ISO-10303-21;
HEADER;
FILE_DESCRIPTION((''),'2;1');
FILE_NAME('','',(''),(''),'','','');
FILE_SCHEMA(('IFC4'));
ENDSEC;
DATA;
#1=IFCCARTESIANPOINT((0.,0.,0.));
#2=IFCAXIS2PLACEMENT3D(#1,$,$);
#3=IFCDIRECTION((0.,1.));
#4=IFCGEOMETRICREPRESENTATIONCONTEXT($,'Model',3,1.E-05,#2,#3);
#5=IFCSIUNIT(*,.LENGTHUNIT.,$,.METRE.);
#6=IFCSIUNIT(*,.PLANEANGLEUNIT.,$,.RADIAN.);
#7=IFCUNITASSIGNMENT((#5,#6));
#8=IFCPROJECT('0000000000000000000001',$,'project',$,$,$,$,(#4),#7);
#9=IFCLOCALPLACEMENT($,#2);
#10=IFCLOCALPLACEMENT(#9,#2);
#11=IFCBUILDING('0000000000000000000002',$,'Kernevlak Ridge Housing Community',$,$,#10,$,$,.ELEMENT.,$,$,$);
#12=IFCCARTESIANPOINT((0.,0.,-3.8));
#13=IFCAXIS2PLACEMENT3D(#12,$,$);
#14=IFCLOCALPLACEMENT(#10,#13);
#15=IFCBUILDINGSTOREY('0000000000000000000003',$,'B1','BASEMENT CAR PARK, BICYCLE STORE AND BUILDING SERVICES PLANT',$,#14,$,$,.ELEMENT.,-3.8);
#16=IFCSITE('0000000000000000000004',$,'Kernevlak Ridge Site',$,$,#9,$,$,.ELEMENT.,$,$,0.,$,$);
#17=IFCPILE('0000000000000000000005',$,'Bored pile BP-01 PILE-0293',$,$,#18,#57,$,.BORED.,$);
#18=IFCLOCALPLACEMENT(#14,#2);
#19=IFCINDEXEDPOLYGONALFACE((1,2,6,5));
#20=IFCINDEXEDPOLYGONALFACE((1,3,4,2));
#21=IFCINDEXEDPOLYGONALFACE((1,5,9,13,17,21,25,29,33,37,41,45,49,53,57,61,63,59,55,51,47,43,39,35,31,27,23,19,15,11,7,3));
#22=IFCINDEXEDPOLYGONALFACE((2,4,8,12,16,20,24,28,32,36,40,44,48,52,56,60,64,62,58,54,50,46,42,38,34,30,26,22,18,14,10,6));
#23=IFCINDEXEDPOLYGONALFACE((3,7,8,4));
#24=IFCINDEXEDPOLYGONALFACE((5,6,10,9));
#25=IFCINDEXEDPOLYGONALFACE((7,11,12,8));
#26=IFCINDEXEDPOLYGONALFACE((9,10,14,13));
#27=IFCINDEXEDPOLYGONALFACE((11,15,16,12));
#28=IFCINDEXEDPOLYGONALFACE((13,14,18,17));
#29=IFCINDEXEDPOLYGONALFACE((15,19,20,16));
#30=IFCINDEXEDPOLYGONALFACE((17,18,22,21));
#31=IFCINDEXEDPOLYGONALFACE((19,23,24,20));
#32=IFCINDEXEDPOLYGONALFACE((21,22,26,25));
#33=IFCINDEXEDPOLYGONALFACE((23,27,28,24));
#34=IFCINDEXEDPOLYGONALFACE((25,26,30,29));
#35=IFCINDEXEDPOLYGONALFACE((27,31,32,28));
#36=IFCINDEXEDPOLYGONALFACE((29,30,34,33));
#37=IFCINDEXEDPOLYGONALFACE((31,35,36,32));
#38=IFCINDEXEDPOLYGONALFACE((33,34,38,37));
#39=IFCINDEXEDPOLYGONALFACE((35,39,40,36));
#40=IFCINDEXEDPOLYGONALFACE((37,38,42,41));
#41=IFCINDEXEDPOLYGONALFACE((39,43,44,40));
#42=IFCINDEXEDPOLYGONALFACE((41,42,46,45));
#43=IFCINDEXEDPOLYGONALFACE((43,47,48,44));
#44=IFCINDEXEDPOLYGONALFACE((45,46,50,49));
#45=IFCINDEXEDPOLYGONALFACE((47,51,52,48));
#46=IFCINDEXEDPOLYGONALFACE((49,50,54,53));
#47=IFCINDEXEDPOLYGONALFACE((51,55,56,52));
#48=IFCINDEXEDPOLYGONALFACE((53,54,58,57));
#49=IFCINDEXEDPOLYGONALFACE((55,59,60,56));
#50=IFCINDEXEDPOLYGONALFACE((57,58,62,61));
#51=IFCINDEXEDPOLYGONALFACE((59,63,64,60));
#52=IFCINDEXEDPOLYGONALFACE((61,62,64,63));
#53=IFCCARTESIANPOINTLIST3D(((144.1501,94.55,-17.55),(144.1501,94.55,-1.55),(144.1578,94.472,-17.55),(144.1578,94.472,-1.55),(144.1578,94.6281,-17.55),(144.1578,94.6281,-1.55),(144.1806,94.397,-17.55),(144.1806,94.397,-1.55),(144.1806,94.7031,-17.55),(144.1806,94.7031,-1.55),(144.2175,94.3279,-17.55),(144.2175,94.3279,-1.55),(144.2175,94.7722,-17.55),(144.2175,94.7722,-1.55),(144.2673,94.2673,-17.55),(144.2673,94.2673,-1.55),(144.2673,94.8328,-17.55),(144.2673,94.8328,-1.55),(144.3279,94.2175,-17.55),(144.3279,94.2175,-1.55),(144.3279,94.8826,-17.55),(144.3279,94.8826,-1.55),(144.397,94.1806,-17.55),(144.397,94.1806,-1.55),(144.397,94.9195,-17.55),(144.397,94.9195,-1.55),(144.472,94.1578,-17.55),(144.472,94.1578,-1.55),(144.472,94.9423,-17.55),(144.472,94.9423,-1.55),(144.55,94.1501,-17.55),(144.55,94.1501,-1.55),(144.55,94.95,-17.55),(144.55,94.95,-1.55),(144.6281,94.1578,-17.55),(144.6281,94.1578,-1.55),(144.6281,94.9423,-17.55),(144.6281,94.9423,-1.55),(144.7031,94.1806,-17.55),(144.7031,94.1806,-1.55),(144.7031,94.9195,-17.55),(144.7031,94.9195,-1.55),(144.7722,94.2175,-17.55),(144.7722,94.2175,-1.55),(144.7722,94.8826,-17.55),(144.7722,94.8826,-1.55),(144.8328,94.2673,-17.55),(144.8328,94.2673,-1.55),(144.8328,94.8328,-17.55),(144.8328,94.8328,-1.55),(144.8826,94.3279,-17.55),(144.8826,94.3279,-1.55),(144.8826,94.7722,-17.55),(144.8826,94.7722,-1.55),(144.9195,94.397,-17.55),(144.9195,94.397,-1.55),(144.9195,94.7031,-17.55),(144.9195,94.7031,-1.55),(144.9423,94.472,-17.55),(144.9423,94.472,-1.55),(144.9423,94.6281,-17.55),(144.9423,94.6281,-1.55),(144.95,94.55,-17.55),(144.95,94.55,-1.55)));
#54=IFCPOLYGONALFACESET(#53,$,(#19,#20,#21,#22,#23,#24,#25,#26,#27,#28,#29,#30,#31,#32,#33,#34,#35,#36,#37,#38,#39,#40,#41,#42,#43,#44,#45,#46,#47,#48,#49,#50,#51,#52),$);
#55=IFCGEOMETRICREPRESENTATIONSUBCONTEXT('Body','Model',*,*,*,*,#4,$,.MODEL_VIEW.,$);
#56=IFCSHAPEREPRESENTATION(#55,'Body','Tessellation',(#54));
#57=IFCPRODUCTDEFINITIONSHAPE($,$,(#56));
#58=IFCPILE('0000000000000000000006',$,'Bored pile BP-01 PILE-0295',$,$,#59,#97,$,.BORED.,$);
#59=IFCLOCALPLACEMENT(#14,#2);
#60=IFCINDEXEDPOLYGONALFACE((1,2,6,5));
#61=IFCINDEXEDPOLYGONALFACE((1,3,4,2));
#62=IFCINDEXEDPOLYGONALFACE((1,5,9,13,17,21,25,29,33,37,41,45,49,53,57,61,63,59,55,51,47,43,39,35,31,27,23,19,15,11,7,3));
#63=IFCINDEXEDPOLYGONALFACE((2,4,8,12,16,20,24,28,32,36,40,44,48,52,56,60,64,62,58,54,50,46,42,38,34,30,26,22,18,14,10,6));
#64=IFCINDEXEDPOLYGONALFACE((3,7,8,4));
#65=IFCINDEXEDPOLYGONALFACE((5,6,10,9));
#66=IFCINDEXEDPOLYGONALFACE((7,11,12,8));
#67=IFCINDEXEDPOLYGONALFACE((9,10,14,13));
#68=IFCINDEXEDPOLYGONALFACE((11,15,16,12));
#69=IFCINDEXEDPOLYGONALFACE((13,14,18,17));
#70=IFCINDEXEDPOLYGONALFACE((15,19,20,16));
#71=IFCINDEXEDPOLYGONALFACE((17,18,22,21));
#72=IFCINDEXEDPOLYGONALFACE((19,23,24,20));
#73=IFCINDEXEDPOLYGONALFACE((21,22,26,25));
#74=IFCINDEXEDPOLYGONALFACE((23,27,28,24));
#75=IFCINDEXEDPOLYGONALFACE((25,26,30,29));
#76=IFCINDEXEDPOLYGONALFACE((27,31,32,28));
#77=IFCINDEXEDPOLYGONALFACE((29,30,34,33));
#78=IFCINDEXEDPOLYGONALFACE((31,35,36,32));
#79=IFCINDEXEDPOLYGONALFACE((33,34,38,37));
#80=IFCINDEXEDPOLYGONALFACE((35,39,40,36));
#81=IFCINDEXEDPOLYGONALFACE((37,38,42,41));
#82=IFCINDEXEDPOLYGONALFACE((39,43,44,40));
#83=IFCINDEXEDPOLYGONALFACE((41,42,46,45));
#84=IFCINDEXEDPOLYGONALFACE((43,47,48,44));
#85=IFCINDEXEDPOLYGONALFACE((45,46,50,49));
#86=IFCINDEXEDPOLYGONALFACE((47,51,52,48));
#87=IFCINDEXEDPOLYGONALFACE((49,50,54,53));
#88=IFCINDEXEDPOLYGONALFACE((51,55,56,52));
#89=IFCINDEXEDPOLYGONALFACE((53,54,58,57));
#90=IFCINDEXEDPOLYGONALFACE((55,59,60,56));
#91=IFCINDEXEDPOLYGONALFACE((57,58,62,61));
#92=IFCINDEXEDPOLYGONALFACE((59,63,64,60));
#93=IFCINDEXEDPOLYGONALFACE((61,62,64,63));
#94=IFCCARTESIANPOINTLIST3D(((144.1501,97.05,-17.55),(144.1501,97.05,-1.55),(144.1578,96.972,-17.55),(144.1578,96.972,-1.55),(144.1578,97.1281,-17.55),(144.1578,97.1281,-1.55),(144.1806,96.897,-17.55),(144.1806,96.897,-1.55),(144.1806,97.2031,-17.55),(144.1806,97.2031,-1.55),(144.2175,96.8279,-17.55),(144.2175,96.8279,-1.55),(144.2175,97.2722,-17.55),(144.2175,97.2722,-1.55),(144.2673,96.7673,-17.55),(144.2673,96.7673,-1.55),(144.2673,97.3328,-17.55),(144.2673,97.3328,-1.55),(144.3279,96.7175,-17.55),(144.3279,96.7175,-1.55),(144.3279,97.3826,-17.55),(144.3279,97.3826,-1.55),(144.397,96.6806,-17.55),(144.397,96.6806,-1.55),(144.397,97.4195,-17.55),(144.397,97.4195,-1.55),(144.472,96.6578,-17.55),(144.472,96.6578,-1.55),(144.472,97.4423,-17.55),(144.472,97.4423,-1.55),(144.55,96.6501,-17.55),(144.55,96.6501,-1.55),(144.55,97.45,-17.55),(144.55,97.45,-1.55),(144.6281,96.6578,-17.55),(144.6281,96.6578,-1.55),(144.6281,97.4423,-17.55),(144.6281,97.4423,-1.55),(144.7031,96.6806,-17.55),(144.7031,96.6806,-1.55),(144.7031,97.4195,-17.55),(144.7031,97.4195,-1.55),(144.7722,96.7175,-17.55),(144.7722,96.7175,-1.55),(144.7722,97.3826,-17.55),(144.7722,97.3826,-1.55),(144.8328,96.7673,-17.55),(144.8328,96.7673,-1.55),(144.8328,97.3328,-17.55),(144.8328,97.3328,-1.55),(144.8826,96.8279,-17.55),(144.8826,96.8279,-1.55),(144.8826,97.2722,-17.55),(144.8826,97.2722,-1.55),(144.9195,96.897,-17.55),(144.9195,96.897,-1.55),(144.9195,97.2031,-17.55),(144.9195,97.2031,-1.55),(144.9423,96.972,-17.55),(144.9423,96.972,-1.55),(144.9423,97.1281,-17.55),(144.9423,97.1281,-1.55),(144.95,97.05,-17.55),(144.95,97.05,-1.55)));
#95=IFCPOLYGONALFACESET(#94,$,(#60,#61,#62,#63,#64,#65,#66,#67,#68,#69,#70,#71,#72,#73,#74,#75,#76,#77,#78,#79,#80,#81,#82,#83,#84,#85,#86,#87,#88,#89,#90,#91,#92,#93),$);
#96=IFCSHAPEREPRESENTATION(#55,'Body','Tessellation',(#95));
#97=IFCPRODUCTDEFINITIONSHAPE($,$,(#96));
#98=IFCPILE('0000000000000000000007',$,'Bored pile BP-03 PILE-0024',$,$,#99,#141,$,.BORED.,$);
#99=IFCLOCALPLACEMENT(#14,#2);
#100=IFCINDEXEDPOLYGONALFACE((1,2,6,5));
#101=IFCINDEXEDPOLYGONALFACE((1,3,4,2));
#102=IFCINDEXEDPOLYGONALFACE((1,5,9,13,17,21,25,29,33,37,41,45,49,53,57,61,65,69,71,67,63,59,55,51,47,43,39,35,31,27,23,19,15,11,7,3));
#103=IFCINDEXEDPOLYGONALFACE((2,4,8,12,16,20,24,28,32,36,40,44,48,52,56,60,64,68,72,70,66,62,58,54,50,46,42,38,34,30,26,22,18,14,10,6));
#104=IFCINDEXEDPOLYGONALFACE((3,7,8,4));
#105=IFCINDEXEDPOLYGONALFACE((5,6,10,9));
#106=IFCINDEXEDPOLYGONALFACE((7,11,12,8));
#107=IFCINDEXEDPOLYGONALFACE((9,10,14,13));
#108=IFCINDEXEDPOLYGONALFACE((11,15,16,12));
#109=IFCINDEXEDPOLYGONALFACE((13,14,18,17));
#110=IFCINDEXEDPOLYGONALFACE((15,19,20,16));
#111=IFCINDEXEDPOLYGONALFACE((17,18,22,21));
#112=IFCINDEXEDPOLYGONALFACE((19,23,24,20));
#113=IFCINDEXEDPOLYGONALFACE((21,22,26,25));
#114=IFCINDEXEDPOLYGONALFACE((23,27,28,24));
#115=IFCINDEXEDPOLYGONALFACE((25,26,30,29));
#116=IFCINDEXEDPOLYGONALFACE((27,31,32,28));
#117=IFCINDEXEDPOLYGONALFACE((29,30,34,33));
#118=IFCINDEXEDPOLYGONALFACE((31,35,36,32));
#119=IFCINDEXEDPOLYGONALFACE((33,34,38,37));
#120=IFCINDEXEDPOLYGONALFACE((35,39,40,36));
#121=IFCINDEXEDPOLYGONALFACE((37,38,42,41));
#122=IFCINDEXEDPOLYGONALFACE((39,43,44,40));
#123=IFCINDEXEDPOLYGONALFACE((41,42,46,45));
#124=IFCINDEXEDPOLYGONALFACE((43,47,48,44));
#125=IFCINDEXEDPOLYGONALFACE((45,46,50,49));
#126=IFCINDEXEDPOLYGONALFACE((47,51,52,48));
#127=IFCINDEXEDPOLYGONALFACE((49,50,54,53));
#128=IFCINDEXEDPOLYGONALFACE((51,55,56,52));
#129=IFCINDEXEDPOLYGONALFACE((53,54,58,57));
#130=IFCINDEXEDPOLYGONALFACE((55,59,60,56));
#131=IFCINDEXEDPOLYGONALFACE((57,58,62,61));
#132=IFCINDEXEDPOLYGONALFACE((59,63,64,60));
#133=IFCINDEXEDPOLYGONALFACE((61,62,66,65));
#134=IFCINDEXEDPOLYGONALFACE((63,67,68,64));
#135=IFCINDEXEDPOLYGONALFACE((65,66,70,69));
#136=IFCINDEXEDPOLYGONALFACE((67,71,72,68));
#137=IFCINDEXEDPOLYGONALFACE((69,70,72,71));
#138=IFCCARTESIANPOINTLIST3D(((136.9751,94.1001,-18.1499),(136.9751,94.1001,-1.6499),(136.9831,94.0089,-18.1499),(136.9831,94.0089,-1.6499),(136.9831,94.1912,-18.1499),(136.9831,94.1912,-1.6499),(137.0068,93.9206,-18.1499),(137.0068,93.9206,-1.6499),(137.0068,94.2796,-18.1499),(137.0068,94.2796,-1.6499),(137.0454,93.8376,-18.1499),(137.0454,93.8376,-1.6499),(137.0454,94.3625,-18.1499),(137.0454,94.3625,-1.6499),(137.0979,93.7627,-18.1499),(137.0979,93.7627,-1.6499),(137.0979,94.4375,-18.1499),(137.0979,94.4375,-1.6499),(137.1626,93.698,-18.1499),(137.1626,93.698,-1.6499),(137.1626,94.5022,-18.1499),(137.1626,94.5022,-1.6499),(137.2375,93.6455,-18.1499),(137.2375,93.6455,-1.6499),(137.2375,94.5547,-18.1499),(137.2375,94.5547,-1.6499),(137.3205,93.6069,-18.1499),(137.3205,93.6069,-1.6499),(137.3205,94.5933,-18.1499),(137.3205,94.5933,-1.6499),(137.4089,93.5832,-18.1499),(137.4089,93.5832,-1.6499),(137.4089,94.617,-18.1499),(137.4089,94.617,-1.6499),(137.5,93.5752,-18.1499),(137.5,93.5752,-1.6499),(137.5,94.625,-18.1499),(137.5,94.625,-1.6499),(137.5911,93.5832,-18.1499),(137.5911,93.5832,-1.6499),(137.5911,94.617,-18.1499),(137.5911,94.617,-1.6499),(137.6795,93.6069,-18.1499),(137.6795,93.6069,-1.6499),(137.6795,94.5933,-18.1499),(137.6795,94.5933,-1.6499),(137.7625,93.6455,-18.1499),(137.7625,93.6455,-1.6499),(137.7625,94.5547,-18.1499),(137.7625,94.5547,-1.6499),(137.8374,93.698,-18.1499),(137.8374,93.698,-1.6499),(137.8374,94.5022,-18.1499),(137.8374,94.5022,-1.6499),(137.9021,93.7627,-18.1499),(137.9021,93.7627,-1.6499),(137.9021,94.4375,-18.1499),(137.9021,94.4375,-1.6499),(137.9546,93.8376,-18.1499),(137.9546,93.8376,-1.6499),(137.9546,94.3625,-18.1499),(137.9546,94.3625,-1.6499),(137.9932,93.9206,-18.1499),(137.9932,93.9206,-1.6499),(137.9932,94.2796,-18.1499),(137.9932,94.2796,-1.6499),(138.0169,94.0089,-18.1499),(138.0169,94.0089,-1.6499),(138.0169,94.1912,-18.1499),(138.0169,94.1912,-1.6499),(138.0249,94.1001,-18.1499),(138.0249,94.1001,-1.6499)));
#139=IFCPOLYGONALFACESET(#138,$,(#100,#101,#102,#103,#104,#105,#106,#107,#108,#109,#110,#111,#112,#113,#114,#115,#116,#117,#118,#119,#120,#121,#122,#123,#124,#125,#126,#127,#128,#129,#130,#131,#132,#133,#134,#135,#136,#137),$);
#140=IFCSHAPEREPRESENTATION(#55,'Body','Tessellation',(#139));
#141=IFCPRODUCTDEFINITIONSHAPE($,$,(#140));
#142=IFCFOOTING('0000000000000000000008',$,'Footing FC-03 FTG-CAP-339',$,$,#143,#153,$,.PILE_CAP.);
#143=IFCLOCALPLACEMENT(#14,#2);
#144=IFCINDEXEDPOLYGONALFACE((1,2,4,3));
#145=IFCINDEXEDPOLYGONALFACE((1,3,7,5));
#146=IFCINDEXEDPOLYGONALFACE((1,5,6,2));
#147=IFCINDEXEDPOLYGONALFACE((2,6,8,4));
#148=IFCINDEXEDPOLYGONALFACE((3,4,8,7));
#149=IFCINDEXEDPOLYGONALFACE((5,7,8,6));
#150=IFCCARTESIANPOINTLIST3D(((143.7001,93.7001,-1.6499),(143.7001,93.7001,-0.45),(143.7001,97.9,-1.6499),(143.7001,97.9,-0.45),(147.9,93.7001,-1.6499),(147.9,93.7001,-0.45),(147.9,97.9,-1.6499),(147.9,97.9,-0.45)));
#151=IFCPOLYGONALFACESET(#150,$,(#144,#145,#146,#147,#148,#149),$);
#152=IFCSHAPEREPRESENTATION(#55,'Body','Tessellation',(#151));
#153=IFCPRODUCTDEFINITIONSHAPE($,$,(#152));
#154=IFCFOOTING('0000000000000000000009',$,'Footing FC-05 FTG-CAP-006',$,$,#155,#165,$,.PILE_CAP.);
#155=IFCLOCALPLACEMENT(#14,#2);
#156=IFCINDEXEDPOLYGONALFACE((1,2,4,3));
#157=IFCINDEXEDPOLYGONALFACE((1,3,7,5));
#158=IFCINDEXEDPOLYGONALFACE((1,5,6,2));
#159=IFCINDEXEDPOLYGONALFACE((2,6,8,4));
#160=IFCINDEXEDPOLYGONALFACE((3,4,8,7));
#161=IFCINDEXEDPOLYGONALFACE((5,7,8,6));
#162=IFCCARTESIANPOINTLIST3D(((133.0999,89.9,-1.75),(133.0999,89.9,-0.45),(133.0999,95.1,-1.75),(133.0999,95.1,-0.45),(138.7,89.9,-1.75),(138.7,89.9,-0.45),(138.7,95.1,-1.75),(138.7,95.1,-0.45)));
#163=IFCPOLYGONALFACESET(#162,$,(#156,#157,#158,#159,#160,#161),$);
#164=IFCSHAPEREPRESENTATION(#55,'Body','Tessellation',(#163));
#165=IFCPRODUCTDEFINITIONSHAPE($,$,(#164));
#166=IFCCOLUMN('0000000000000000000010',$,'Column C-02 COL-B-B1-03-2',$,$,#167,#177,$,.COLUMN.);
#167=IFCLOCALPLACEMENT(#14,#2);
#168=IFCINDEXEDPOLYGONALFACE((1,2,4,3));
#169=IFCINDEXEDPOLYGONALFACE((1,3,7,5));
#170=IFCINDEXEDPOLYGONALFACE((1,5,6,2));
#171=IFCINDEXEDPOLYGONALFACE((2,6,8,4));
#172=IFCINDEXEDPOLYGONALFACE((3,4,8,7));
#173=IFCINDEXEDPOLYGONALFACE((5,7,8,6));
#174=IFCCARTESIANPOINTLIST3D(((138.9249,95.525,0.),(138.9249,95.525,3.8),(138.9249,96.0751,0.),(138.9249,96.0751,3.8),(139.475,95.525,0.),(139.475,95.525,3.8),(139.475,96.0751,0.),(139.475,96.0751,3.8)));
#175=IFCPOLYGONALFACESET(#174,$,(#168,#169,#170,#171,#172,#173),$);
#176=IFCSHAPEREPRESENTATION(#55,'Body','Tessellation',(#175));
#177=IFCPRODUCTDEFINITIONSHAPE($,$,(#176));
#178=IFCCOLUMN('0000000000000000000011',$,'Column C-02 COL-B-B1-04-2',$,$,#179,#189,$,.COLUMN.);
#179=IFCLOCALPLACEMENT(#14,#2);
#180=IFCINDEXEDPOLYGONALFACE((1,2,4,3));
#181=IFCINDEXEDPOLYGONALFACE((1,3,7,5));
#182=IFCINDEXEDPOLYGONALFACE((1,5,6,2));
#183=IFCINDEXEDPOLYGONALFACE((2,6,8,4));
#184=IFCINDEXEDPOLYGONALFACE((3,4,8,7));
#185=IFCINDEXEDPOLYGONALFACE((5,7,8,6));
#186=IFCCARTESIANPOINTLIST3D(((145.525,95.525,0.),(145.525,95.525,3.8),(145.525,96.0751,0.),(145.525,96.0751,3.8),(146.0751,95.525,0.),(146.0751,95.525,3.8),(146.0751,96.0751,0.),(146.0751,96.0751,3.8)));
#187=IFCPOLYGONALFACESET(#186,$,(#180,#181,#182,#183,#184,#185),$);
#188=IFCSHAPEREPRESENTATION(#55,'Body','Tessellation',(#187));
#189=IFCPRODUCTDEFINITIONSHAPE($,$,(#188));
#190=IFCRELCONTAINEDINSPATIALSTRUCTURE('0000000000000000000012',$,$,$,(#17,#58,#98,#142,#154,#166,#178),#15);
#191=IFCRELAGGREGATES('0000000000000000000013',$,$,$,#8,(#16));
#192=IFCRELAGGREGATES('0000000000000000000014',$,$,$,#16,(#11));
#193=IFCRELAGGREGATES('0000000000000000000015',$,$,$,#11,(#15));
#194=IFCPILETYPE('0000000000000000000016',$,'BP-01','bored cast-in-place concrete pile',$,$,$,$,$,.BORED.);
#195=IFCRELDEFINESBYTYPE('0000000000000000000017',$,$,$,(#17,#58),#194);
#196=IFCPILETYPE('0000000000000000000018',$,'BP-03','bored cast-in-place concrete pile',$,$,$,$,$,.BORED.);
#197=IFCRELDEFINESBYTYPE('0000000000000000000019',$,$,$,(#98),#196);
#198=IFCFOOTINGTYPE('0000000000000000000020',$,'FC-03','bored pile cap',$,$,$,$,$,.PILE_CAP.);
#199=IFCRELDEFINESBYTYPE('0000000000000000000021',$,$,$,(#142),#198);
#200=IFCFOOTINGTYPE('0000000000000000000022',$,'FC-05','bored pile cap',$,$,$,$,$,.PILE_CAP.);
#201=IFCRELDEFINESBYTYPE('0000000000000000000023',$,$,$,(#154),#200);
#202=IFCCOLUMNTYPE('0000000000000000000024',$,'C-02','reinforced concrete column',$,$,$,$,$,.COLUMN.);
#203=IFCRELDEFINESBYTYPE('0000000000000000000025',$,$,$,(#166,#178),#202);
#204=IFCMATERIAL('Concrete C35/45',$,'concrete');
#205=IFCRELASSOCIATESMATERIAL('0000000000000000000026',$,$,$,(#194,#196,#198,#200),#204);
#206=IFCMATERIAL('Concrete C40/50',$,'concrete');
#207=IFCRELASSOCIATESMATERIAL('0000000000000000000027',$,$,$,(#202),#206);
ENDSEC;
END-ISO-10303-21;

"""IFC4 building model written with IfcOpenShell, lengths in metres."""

from ifc_helpers import new_model, si_unit, direction, frame, origin, origin_2d, place, context, subcontext, project, spatial, rectangle, circle, extrude, material, material_profile, profile_set, type_object, element, save


model = new_model("IFC4")

# Units and contexts
model_context = context("Model", 3, precision=1e-05, world=origin(), true_north=direction((0.0, 1.0)))
body_context = subcontext(model_context, "Body", "Model", "MODEL_VIEW")
ifc_project = project(units=[si_unit("LENGTHUNIT", "METRE"), si_unit("PLANEANGLEUNIT", "RADIAN")], contexts=[model_context])

# Site, building, storey
site_placement = place(None, origin())
site = spatial("IfcSite", under=ifc_project, at=site_placement, Name="Kernevlak Ridge Site", CompositionType="ELEMENT", RefElevation=0.0)
building_placement = place(site_placement, origin())
building = spatial("IfcBuilding", under=site, at=building_placement, Name="Kernevlak Ridge Housing Community", CompositionType="ELEMENT")
storey_placement = place(building_placement, frame((0.0, 0.0, -3.8)))
storey = spatial("IfcBuildingStorey", under=building, at=storey_placement, Name="B1", Description="BASEMENT CAR PARK, BICYCLE STORE AND BUILDING SERVICES PLANT", CompositionType="ELEMENT", Elevation=-3.8)

# Piles
ifc_material_1 = material(Name="Concrete C35/45", Category="concrete")
ifc_material_profile_1 = material_profile(ifc_material_1, circle(Radius=0.3999, at=origin_2d()), Name="BORED PILE 800")
ifc_profile_set_1 = profile_set([ifc_material_profile_1], Name="Concrete C35/45")
pile_type_1 = type_object("IfcPileType", Name="BP-01", Description="bored cast-in-place concrete pile", PredefinedType="BORED", material=ifc_profile_set_1)
for number, where, z_axis, x_axis, name in (
    (1, (144.55, 94.55, -1.55), (0.0, 0.0, -1.0), (1.0, 0.0, 0.0), "Bored pile BP-01 PILE-0293"),
    (2, (144.55, 97.05, -1.55), (0.0, 0.0, -1.0), (1.0, 0.0, 0.0), "Bored pile BP-01 PILE-0295"),
):
    element("IfcPile", number, at=place(storey_placement, frame(where, z_axis=z_axis, x_axis=x_axis)), inside=storey, type_object=pile_type_1, Name=name, PredefinedType="BORED", context=body_context, shape_type="SweptSolid", body=[
        extrude(circle(Radius=0.3999, at=origin_2d()), origin(), (0.0, 0.0, 1.0), 16.0),
    ])
ifc_material_profile_2 = material_profile(ifc_material_1, circle(Radius=0.5249, at=origin_2d()), Name="BORED PILE 1050")
ifc_profile_set_2 = profile_set([ifc_material_profile_2], Name="Concrete C35/45")
pile_type_2 = type_object("IfcPileType", Name="BP-03", Description="bored cast-in-place concrete pile", PredefinedType="BORED", material=ifc_profile_set_2)
pile_placement = place(storey_placement, frame((137.5, 94.1001, -1.6499), z_axis=(0.0, 0.0, -1.0), x_axis=(1.0, 0.0, 0.0)))
element("IfcPile", 3, at=pile_placement, inside=storey, type_object=pile_type_2, Name="Bored pile BP-03 PILE-0024", PredefinedType="BORED", context=body_context, shape_type="SweptSolid", body=[
    extrude(circle(Radius=0.5249, at=origin_2d()), origin(), (0.0, 0.0, 1.0), 16.5),
])

# Footings
footing_type_1 = type_object("IfcFootingType", Name="FC-03", Description="bored pile cap", PredefinedType="PILE_CAP", material=ifc_material_1)
footing_1_placement = place(storey_placement, frame((145.8, 95.8, -1.6499), z_axis=(0.0, 0.0, 1.0), x_axis=(1.0, 0.0, 0.0)))
element("IfcFooting", 4, at=footing_1_placement, inside=storey, type_object=footing_type_1, Name="Footing FC-03 FTG-CAP-339", PredefinedType="PILE_CAP", context=body_context, shape_type="SweptSolid", body=[
    extrude(rectangle(XDim=4.2, YDim=4.2, at=origin_2d()), origin(), (0.0, 0.0, 1.0), 1.2),
])
footing_type_2 = type_object("IfcFootingType", Name="FC-05", Description="bored pile cap", PredefinedType="PILE_CAP", material=ifc_material_1)
footing_2_placement = place(storey_placement, frame((135.8999, 92.5, -1.75), z_axis=(0.0, 0.0, 1.0), x_axis=(1.0, 0.0, 0.0)))
element("IfcFooting", 5, at=footing_2_placement, inside=storey, type_object=footing_type_2, Name="Footing FC-05 FTG-CAP-006", PredefinedType="PILE_CAP", context=body_context, shape_type="SweptSolid", body=[
    extrude(rectangle(XDim=5.6001, YDim=5.2, at=origin_2d()), origin(), (0.0, 0.0, 1.0), 1.3),
])

# Columns
ifc_material_2 = material(Name="Concrete C40/50", Category="concrete")
ifc_material_profile_3 = material_profile(ifc_material_2, rectangle(XDim=0.55, YDim=0.55, at=origin_2d()), Name="RC 550x550")
ifc_profile_set_3 = profile_set([ifc_material_profile_3], Name="Concrete C40/50")
column_type = type_object("IfcColumnType", Name="C-02", Description="reinforced concrete column", PredefinedType="COLUMN", material=ifc_profile_set_3)
for number, where, z_axis, x_axis, name in (
    (6, (139.2, 95.8, 0.0), (0.0, 0.0, 1.0), (1.0, 0.0, 0.0), "Column C-02 COL-B-B1-03-2"),
    (7, (145.8, 95.8, 0.0), (0.0, 0.0, 1.0), (1.0, 0.0, 0.0), "Column C-02 COL-B-B1-04-2"),
):
    element("IfcColumn", number, at=place(storey_placement, frame(where, z_axis=z_axis, x_axis=x_axis)), inside=storey, type_object=column_type, Name=name, PredefinedType="COLUMN", context=body_context, shape_type="SweptSolid", body=[
        extrude(rectangle(XDim=0.55, YDim=0.55, at=origin_2d()), origin(), (0.0, 0.0, 1.0), 3.8),
    ])

save(model, "model.ifc")
